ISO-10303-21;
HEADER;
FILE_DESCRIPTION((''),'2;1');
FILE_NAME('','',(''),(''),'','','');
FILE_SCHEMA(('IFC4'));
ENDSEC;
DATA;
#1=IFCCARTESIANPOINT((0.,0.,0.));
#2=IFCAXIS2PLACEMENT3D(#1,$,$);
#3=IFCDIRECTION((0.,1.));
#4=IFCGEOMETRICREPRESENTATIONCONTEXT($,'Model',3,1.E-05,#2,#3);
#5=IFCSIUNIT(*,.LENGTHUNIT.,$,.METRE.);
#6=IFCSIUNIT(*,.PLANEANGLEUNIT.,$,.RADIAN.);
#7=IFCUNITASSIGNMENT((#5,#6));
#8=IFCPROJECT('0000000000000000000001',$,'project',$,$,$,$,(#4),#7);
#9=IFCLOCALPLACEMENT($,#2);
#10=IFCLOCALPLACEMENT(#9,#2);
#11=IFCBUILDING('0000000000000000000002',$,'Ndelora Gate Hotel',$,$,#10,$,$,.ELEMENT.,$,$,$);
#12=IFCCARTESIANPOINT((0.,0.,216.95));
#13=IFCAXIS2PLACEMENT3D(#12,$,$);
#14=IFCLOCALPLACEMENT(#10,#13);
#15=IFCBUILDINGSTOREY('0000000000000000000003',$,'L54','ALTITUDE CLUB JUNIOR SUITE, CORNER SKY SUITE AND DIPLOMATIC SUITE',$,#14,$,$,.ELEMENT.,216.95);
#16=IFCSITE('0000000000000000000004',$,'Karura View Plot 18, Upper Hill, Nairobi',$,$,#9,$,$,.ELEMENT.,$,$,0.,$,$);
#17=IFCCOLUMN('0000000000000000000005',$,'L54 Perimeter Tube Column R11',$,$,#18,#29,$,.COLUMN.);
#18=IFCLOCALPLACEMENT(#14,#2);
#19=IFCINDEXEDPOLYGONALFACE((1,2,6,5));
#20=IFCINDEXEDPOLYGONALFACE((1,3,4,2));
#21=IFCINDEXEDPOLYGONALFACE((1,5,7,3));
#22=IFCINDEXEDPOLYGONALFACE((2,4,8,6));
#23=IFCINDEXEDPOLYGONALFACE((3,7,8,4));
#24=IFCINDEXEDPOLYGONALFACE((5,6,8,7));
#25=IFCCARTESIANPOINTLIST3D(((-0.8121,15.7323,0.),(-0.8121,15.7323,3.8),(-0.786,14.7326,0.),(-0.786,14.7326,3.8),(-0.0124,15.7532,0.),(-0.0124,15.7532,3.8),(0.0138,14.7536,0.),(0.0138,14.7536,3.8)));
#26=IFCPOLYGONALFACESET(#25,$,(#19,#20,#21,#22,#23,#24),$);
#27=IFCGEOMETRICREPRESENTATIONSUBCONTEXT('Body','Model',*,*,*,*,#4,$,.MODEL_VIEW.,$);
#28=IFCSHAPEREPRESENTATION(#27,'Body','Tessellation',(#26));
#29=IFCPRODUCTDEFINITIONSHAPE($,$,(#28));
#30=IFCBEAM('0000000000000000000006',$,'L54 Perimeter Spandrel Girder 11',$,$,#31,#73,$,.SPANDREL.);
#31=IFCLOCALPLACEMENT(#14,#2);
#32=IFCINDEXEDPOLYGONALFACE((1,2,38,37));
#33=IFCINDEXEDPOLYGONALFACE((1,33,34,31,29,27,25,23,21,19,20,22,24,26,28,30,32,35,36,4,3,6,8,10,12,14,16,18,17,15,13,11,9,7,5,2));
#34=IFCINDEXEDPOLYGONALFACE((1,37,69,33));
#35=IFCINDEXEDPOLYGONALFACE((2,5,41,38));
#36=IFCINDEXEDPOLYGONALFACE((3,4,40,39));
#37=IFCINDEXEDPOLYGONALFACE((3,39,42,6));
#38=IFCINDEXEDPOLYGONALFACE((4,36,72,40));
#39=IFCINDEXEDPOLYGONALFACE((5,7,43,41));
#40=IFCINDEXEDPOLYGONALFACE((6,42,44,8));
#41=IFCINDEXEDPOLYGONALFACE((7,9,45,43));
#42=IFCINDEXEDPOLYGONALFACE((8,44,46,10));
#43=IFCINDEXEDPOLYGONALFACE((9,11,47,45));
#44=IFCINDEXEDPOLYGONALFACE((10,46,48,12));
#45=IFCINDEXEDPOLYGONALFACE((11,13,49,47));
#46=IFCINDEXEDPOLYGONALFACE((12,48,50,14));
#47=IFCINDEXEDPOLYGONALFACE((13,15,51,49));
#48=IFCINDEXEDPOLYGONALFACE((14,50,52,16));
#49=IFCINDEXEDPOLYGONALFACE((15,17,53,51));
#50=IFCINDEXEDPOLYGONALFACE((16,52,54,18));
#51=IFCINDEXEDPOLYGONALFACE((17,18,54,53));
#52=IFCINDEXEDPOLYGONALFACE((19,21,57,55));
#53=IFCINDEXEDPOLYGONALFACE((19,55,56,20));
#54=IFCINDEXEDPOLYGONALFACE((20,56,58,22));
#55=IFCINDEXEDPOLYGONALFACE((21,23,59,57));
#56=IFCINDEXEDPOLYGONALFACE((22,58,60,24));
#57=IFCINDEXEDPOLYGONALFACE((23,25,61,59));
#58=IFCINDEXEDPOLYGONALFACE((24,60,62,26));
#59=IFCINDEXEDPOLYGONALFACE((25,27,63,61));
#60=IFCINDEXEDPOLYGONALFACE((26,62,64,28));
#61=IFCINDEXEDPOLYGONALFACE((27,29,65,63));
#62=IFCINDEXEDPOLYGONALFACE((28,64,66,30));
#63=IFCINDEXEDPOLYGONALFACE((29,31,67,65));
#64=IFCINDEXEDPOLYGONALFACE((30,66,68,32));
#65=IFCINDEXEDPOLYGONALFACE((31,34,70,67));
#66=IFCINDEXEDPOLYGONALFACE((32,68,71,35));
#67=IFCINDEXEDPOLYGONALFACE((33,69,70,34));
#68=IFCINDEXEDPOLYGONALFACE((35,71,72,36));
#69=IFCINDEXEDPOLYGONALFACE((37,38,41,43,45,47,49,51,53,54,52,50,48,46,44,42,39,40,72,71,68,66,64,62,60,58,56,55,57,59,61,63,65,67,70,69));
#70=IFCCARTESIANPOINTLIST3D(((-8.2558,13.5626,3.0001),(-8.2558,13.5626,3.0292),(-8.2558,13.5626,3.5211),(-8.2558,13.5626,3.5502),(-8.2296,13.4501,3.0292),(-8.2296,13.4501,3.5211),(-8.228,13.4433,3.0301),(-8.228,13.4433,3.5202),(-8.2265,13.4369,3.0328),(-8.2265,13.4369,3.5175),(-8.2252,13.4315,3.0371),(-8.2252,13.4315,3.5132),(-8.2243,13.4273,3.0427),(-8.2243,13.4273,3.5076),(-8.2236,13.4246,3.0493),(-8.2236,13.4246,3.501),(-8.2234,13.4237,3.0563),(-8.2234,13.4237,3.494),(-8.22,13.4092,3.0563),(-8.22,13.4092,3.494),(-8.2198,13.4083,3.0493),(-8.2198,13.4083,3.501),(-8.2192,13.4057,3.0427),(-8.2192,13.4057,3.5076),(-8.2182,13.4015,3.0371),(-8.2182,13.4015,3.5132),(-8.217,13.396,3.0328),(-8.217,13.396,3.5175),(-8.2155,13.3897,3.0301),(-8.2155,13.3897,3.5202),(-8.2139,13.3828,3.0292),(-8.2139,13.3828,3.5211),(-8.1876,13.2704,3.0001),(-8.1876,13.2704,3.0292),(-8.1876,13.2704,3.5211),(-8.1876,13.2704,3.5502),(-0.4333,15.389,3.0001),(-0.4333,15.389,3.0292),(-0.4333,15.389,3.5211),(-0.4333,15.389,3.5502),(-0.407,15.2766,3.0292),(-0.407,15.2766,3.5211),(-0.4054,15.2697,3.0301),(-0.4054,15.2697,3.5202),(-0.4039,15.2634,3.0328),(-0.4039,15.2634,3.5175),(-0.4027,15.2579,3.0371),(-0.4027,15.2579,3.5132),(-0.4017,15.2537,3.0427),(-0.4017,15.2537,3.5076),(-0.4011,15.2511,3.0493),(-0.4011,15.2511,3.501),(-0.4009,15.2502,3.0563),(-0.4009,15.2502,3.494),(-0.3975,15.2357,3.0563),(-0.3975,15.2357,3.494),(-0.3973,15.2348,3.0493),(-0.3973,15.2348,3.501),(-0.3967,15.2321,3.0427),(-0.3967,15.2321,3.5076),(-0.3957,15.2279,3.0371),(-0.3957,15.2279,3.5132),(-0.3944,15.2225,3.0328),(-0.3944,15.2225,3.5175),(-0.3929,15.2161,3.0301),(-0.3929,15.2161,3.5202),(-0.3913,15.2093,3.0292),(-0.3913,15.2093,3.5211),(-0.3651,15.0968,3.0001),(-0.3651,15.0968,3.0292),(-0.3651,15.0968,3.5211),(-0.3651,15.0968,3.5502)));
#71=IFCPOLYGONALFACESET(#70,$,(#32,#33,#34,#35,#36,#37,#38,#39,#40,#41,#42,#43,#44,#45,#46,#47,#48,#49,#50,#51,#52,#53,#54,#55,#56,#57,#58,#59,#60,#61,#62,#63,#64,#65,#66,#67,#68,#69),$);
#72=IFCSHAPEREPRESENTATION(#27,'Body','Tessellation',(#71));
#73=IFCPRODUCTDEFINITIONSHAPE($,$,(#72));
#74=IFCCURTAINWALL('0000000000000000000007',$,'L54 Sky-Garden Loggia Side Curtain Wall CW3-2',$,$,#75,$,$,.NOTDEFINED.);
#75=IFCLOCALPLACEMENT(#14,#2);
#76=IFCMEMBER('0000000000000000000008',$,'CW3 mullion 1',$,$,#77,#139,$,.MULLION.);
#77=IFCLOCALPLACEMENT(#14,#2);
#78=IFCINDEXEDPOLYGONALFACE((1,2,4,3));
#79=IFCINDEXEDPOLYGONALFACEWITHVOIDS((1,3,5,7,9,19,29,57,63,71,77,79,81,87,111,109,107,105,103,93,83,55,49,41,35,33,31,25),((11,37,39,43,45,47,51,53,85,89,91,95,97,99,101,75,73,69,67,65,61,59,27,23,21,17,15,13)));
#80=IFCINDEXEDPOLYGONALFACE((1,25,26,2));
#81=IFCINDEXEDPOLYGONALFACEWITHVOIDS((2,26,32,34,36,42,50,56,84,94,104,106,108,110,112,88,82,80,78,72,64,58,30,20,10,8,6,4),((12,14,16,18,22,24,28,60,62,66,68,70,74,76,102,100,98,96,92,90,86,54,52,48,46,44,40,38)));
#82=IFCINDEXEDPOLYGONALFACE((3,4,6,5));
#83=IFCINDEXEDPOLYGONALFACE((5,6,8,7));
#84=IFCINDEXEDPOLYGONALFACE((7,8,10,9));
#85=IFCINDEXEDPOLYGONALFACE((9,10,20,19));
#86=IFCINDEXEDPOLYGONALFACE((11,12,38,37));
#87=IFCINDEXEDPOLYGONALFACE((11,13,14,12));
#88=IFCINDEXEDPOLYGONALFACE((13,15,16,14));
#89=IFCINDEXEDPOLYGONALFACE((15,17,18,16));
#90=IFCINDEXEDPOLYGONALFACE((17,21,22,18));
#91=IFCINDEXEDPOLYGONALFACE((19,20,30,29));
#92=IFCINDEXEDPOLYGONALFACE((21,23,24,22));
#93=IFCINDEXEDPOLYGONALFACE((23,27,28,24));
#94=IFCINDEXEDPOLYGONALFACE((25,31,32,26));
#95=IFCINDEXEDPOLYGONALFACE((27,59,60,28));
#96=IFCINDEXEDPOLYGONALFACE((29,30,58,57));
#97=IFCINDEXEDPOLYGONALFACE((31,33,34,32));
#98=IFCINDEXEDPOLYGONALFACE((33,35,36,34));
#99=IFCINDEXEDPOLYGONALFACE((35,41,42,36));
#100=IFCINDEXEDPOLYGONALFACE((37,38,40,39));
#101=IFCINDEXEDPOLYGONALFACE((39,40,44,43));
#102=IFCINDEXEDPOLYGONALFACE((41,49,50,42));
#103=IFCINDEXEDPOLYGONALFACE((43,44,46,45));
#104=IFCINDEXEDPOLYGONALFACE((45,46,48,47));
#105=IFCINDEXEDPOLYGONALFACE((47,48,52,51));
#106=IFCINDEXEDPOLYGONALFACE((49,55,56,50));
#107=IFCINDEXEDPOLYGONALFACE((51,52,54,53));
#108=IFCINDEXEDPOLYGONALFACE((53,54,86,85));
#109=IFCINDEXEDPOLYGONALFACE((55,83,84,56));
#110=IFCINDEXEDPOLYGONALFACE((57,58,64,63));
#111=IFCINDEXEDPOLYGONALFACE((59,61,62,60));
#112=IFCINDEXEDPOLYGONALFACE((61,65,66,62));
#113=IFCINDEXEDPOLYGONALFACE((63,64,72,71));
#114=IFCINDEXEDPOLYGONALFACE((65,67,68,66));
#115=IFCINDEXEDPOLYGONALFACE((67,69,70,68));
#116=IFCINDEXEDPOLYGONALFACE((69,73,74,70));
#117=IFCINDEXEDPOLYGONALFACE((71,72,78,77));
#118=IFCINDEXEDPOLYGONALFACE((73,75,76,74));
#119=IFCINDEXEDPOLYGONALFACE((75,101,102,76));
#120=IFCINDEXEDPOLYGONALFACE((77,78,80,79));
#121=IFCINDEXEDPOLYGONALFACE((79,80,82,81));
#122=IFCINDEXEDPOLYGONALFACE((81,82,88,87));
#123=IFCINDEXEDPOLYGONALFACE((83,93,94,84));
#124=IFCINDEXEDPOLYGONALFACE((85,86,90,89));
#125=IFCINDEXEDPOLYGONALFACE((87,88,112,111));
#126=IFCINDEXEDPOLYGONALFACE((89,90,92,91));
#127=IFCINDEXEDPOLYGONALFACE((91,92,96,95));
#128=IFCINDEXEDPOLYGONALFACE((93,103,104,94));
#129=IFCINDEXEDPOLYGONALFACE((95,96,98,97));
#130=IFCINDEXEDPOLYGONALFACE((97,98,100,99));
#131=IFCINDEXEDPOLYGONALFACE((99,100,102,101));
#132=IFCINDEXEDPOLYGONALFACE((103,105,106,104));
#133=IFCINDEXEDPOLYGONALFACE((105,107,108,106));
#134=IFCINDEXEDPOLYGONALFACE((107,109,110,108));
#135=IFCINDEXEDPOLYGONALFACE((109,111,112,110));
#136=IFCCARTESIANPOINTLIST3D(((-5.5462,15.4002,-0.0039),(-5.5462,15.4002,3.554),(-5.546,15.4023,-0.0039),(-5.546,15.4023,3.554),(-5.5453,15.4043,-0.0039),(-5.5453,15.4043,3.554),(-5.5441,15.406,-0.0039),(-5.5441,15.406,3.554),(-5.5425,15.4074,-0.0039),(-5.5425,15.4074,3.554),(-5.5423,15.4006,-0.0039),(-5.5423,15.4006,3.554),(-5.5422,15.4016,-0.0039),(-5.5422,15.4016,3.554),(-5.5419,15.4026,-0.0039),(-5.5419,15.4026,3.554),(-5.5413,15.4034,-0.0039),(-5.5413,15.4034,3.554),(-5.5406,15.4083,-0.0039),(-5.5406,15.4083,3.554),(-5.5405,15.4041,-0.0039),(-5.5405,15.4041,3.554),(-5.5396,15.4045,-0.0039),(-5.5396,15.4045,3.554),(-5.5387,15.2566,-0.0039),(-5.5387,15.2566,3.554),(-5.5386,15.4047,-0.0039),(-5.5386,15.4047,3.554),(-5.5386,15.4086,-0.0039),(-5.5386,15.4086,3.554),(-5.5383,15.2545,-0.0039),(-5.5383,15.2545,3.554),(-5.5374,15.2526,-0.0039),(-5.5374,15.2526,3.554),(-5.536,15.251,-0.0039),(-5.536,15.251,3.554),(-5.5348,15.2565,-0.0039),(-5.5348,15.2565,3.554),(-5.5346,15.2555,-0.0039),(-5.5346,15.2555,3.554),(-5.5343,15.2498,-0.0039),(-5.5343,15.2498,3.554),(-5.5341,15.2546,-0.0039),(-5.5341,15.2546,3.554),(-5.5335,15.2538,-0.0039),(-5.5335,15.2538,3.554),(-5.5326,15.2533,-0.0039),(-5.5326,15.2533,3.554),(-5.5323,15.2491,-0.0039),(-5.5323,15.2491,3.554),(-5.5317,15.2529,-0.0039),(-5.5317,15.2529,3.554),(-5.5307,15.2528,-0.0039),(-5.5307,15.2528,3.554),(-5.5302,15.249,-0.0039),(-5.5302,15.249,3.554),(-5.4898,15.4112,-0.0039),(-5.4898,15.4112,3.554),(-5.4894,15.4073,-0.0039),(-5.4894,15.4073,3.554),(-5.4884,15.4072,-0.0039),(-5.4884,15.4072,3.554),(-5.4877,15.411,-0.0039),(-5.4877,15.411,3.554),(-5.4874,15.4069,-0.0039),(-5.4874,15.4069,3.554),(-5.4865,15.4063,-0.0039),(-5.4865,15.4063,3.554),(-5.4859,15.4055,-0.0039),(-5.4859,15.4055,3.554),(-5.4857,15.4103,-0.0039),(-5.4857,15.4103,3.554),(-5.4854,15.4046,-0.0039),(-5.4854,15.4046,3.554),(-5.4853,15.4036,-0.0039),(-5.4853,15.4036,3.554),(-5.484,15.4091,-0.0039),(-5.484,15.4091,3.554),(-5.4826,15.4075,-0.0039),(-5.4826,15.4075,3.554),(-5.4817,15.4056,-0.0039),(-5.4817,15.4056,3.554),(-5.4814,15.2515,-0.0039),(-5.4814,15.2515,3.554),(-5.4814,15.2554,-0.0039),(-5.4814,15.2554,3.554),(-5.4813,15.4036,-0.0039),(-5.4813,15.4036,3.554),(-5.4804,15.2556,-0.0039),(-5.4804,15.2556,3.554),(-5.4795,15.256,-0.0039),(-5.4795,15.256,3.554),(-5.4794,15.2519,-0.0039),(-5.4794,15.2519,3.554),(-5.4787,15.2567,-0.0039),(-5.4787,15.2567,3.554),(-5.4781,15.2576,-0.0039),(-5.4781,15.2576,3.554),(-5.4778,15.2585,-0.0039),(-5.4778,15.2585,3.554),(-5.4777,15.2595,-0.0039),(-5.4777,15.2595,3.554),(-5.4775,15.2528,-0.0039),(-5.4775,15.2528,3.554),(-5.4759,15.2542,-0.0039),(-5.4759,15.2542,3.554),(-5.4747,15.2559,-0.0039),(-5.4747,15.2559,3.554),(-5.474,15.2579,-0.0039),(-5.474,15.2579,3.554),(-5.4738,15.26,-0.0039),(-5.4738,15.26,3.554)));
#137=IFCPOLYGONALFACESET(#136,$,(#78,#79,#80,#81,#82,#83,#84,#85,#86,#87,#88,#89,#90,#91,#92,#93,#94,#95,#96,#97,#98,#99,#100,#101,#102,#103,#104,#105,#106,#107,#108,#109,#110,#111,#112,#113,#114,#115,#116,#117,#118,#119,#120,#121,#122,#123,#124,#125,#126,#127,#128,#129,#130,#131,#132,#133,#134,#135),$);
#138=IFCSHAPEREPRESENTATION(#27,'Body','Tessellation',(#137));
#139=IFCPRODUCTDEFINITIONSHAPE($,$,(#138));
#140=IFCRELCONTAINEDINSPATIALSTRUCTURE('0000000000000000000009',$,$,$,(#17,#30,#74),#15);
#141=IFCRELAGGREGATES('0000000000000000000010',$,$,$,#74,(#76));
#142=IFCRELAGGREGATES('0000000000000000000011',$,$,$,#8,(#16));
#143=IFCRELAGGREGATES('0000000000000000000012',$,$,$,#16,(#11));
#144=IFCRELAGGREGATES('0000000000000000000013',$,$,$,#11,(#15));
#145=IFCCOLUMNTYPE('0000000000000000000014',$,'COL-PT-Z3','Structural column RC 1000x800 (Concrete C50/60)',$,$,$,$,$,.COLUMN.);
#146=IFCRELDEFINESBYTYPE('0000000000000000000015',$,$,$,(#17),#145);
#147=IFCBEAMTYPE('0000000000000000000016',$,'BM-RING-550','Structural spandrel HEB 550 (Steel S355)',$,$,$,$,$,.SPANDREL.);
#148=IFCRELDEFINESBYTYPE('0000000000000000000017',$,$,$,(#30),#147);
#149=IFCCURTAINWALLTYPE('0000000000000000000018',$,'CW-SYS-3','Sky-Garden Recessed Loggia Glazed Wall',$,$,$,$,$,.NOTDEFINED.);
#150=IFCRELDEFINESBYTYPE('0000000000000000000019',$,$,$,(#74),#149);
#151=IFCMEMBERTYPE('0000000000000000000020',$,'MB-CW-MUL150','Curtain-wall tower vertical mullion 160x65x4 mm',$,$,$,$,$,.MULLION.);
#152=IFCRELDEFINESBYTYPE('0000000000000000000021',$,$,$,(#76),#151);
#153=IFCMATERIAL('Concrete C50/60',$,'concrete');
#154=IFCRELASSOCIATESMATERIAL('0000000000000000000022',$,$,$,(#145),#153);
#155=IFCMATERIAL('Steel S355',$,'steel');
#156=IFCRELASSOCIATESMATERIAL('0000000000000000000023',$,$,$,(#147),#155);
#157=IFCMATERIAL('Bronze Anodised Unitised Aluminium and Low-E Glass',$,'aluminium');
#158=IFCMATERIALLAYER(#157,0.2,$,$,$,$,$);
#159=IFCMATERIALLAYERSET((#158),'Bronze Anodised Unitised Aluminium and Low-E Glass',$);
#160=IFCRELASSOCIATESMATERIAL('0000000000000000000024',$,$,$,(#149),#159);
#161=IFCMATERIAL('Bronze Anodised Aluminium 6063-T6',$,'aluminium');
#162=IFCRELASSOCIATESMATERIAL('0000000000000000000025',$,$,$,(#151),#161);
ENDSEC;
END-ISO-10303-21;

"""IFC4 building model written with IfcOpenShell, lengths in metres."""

from ifc_helpers import new_model, si_unit, direction, frame, origin, origin_2d, place, context, subcontext, project, spatial, rectangle, hollow_rectangle, i_section, extrude, material, layer, layer_set, material_profile, profile_set, type_object, element, aggregate, save


model = new_model("IFC4")

# Units and contexts
model_context = context("Model", 3, precision=1e-05, world=origin(), true_north=direction((0.0, 1.0)))
body_context = subcontext(model_context, "Body", "Model", "MODEL_VIEW")
ifc_project = project(units=[si_unit("LENGTHUNIT", "METRE"), si_unit("PLANEANGLEUNIT", "RADIAN")], contexts=[model_context])

# Site, building, storey
site_placement = place(None, origin())
site = spatial("IfcSite", under=ifc_project, at=site_placement, Name="Karura View Plot 18, Upper Hill, Nairobi", CompositionType="ELEMENT", RefElevation=0.0)
building_placement = place(site_placement, origin())
building = spatial("IfcBuilding", under=site, at=building_placement, Name="Ndelora Gate Hotel", CompositionType="ELEMENT")
storey_placement = place(building_placement, frame((0.0, 0.0, 216.95)))
storey = spatial("IfcBuildingStorey", under=building, at=storey_placement, Name="L54", Description="ALTITUDE CLUB JUNIOR SUITE, CORNER SKY SUITE AND DIPLOMATIC SUITE", CompositionType="ELEMENT", Elevation=216.95)

# Column
ifc_material_1 = material(Name="Concrete C50/60", Category="concrete")
ifc_material_profile_1 = material_profile(ifc_material_1, rectangle(XDim=0.8, YDim=1.0, at=origin_2d()), Name="RC 1000x800")
ifc_profile_set_1 = profile_set([ifc_material_profile_1], Name="Concrete C50/60")
column_type = type_object("IfcColumnType", Name="COL-PT-Z3", Description="Structural column RC 1000x800 (Concrete C50/60)", PredefinedType="COLUMN", material=ifc_profile_set_1)
column_placement = place(storey_placement, frame((-0.3992, 15.2429, 0.0), z_axis=(0.0, 0.0, 1.0), x_axis=(0.999657, 0.026177, 0.0)))
element("IfcColumn", 1, at=column_placement, inside=storey, type_object=column_type, Name="L54 Perimeter Tube Column R11", PredefinedType="COLUMN", context=body_context, shape_type="SweptSolid", body=[
    extrude(rectangle(XDim=0.8, YDim=1.0, at=origin_2d()), origin(), (0.0, 0.0, 1.0), 3.8),
])

# Beam
ifc_material_2 = material(Name="Steel S355", Category="steel")
ifc_material_profile_2 = material_profile(ifc_material_2, i_section(OverallWidth=0.3, OverallDepth=0.55, WebThickness=0.0149, FlangeThickness=0.0291, FilletRadius=0.0271, at=origin_2d()), Name="HEB 550")
ifc_profile_set_2 = profile_set([ifc_material_profile_2], Name="Steel S355")
beam_type = type_object("IfcBeamType", Name="BM-RING-550", Description="Structural spandrel HEB 550 (Steel S355)", PredefinedType="SPANDREL", material=ifc_profile_set_2)
beam_placement = place(storey_placement, frame((-0.3992, 15.2429, 3.2751), z_axis=(-0.973809, -0.227367, 0.0), x_axis=(0.227367, -0.973809, 0.0)))
element("IfcBeam", 2, at=beam_placement, inside=storey, type_object=beam_type, Name="L54 Perimeter Spandrel Girder 11", PredefinedType="SPANDREL", context=body_context, shape_type="SweptSolid", body=[
    extrude(i_section(OverallWidth=0.3, OverallDepth=0.55, WebThickness=0.0149, FlangeThickness=0.0291, FilletRadius=0.0271, at=origin_2d()), origin(), (0.0, 0.0, 1.0), 8.033),
])

# Curtain wall, member
ifc_material_3 = material(Name="Bronze Anodised Unitised Aluminium and Low-E Glass", Category="aluminium")
ifc_layer_1 = layer(ifc_material_3, 0.2)
ifc_layer_set_1 = layer_set([ifc_layer_1], Name="Bronze Anodised Unitised Aluminium and Low-E Glass")
curtain_wall_type = type_object("IfcCurtainWallType", Name="CW-SYS-3", Description="Sky-Garden Recessed Loggia Glazed Wall", PredefinedType="NOTDEFINED", material=ifc_layer_set_1)
curtain_wall_placement = place(storey_placement, origin())
curtain_wall = element("IfcCurtainWall", 3, at=curtain_wall_placement, inside=storey, type_object=curtain_wall_type, Name="L54 Sky-Garden Loggia Side Curtain Wall CW3-2", PredefinedType="NOTDEFINED")
ifc_material_4 = material(Name="Bronze Anodised Aluminium 6063-T6", Category="aluminium")
ifc_material_profile_3 = material_profile(ifc_material_4, hollow_rectangle(XDim=0.0649, YDim=0.1599, WallThickness=0.0039, InnerFilletRadius=0.0039, OuterFilletRadius=0.0081, at=origin_2d()), Name="ALU 160x65x4")
ifc_profile_set_3 = profile_set([ifc_material_profile_3], Name="Bronze Anodised Aluminium 6063-T6")
member_type_1 = type_object("IfcMemberType", Name="MB-CW-MUL150", Description="Curtain-wall tower vertical mullion 160x65x4 mm", PredefinedType="MULLION", material=ifc_profile_set_3)
member_1_placement = place(storey_placement, frame((-5.51, 15.3301, -0.0039), z_axis=(0.0, 0.0, 1.0), x_axis=(0.998628, 0.052363, 0.0)))
member_1 = element("IfcMember", 4, at=member_1_placement, type_object=member_type_1, Name="CW3 mullion 1", PredefinedType="MULLION", context=body_context, shape_type="SweptSolid", body=[
    extrude(hollow_rectangle(XDim=0.0649, YDim=0.1599, WallThickness=0.0039, InnerFilletRadius=0.0039, OuterFilletRadius=0.0081, at=origin_2d()), origin(), (0.0, 0.0, 1.0), 3.5579),
])
aggregate(curtain_wall, [member_1])

save(model, "model.ifc")
